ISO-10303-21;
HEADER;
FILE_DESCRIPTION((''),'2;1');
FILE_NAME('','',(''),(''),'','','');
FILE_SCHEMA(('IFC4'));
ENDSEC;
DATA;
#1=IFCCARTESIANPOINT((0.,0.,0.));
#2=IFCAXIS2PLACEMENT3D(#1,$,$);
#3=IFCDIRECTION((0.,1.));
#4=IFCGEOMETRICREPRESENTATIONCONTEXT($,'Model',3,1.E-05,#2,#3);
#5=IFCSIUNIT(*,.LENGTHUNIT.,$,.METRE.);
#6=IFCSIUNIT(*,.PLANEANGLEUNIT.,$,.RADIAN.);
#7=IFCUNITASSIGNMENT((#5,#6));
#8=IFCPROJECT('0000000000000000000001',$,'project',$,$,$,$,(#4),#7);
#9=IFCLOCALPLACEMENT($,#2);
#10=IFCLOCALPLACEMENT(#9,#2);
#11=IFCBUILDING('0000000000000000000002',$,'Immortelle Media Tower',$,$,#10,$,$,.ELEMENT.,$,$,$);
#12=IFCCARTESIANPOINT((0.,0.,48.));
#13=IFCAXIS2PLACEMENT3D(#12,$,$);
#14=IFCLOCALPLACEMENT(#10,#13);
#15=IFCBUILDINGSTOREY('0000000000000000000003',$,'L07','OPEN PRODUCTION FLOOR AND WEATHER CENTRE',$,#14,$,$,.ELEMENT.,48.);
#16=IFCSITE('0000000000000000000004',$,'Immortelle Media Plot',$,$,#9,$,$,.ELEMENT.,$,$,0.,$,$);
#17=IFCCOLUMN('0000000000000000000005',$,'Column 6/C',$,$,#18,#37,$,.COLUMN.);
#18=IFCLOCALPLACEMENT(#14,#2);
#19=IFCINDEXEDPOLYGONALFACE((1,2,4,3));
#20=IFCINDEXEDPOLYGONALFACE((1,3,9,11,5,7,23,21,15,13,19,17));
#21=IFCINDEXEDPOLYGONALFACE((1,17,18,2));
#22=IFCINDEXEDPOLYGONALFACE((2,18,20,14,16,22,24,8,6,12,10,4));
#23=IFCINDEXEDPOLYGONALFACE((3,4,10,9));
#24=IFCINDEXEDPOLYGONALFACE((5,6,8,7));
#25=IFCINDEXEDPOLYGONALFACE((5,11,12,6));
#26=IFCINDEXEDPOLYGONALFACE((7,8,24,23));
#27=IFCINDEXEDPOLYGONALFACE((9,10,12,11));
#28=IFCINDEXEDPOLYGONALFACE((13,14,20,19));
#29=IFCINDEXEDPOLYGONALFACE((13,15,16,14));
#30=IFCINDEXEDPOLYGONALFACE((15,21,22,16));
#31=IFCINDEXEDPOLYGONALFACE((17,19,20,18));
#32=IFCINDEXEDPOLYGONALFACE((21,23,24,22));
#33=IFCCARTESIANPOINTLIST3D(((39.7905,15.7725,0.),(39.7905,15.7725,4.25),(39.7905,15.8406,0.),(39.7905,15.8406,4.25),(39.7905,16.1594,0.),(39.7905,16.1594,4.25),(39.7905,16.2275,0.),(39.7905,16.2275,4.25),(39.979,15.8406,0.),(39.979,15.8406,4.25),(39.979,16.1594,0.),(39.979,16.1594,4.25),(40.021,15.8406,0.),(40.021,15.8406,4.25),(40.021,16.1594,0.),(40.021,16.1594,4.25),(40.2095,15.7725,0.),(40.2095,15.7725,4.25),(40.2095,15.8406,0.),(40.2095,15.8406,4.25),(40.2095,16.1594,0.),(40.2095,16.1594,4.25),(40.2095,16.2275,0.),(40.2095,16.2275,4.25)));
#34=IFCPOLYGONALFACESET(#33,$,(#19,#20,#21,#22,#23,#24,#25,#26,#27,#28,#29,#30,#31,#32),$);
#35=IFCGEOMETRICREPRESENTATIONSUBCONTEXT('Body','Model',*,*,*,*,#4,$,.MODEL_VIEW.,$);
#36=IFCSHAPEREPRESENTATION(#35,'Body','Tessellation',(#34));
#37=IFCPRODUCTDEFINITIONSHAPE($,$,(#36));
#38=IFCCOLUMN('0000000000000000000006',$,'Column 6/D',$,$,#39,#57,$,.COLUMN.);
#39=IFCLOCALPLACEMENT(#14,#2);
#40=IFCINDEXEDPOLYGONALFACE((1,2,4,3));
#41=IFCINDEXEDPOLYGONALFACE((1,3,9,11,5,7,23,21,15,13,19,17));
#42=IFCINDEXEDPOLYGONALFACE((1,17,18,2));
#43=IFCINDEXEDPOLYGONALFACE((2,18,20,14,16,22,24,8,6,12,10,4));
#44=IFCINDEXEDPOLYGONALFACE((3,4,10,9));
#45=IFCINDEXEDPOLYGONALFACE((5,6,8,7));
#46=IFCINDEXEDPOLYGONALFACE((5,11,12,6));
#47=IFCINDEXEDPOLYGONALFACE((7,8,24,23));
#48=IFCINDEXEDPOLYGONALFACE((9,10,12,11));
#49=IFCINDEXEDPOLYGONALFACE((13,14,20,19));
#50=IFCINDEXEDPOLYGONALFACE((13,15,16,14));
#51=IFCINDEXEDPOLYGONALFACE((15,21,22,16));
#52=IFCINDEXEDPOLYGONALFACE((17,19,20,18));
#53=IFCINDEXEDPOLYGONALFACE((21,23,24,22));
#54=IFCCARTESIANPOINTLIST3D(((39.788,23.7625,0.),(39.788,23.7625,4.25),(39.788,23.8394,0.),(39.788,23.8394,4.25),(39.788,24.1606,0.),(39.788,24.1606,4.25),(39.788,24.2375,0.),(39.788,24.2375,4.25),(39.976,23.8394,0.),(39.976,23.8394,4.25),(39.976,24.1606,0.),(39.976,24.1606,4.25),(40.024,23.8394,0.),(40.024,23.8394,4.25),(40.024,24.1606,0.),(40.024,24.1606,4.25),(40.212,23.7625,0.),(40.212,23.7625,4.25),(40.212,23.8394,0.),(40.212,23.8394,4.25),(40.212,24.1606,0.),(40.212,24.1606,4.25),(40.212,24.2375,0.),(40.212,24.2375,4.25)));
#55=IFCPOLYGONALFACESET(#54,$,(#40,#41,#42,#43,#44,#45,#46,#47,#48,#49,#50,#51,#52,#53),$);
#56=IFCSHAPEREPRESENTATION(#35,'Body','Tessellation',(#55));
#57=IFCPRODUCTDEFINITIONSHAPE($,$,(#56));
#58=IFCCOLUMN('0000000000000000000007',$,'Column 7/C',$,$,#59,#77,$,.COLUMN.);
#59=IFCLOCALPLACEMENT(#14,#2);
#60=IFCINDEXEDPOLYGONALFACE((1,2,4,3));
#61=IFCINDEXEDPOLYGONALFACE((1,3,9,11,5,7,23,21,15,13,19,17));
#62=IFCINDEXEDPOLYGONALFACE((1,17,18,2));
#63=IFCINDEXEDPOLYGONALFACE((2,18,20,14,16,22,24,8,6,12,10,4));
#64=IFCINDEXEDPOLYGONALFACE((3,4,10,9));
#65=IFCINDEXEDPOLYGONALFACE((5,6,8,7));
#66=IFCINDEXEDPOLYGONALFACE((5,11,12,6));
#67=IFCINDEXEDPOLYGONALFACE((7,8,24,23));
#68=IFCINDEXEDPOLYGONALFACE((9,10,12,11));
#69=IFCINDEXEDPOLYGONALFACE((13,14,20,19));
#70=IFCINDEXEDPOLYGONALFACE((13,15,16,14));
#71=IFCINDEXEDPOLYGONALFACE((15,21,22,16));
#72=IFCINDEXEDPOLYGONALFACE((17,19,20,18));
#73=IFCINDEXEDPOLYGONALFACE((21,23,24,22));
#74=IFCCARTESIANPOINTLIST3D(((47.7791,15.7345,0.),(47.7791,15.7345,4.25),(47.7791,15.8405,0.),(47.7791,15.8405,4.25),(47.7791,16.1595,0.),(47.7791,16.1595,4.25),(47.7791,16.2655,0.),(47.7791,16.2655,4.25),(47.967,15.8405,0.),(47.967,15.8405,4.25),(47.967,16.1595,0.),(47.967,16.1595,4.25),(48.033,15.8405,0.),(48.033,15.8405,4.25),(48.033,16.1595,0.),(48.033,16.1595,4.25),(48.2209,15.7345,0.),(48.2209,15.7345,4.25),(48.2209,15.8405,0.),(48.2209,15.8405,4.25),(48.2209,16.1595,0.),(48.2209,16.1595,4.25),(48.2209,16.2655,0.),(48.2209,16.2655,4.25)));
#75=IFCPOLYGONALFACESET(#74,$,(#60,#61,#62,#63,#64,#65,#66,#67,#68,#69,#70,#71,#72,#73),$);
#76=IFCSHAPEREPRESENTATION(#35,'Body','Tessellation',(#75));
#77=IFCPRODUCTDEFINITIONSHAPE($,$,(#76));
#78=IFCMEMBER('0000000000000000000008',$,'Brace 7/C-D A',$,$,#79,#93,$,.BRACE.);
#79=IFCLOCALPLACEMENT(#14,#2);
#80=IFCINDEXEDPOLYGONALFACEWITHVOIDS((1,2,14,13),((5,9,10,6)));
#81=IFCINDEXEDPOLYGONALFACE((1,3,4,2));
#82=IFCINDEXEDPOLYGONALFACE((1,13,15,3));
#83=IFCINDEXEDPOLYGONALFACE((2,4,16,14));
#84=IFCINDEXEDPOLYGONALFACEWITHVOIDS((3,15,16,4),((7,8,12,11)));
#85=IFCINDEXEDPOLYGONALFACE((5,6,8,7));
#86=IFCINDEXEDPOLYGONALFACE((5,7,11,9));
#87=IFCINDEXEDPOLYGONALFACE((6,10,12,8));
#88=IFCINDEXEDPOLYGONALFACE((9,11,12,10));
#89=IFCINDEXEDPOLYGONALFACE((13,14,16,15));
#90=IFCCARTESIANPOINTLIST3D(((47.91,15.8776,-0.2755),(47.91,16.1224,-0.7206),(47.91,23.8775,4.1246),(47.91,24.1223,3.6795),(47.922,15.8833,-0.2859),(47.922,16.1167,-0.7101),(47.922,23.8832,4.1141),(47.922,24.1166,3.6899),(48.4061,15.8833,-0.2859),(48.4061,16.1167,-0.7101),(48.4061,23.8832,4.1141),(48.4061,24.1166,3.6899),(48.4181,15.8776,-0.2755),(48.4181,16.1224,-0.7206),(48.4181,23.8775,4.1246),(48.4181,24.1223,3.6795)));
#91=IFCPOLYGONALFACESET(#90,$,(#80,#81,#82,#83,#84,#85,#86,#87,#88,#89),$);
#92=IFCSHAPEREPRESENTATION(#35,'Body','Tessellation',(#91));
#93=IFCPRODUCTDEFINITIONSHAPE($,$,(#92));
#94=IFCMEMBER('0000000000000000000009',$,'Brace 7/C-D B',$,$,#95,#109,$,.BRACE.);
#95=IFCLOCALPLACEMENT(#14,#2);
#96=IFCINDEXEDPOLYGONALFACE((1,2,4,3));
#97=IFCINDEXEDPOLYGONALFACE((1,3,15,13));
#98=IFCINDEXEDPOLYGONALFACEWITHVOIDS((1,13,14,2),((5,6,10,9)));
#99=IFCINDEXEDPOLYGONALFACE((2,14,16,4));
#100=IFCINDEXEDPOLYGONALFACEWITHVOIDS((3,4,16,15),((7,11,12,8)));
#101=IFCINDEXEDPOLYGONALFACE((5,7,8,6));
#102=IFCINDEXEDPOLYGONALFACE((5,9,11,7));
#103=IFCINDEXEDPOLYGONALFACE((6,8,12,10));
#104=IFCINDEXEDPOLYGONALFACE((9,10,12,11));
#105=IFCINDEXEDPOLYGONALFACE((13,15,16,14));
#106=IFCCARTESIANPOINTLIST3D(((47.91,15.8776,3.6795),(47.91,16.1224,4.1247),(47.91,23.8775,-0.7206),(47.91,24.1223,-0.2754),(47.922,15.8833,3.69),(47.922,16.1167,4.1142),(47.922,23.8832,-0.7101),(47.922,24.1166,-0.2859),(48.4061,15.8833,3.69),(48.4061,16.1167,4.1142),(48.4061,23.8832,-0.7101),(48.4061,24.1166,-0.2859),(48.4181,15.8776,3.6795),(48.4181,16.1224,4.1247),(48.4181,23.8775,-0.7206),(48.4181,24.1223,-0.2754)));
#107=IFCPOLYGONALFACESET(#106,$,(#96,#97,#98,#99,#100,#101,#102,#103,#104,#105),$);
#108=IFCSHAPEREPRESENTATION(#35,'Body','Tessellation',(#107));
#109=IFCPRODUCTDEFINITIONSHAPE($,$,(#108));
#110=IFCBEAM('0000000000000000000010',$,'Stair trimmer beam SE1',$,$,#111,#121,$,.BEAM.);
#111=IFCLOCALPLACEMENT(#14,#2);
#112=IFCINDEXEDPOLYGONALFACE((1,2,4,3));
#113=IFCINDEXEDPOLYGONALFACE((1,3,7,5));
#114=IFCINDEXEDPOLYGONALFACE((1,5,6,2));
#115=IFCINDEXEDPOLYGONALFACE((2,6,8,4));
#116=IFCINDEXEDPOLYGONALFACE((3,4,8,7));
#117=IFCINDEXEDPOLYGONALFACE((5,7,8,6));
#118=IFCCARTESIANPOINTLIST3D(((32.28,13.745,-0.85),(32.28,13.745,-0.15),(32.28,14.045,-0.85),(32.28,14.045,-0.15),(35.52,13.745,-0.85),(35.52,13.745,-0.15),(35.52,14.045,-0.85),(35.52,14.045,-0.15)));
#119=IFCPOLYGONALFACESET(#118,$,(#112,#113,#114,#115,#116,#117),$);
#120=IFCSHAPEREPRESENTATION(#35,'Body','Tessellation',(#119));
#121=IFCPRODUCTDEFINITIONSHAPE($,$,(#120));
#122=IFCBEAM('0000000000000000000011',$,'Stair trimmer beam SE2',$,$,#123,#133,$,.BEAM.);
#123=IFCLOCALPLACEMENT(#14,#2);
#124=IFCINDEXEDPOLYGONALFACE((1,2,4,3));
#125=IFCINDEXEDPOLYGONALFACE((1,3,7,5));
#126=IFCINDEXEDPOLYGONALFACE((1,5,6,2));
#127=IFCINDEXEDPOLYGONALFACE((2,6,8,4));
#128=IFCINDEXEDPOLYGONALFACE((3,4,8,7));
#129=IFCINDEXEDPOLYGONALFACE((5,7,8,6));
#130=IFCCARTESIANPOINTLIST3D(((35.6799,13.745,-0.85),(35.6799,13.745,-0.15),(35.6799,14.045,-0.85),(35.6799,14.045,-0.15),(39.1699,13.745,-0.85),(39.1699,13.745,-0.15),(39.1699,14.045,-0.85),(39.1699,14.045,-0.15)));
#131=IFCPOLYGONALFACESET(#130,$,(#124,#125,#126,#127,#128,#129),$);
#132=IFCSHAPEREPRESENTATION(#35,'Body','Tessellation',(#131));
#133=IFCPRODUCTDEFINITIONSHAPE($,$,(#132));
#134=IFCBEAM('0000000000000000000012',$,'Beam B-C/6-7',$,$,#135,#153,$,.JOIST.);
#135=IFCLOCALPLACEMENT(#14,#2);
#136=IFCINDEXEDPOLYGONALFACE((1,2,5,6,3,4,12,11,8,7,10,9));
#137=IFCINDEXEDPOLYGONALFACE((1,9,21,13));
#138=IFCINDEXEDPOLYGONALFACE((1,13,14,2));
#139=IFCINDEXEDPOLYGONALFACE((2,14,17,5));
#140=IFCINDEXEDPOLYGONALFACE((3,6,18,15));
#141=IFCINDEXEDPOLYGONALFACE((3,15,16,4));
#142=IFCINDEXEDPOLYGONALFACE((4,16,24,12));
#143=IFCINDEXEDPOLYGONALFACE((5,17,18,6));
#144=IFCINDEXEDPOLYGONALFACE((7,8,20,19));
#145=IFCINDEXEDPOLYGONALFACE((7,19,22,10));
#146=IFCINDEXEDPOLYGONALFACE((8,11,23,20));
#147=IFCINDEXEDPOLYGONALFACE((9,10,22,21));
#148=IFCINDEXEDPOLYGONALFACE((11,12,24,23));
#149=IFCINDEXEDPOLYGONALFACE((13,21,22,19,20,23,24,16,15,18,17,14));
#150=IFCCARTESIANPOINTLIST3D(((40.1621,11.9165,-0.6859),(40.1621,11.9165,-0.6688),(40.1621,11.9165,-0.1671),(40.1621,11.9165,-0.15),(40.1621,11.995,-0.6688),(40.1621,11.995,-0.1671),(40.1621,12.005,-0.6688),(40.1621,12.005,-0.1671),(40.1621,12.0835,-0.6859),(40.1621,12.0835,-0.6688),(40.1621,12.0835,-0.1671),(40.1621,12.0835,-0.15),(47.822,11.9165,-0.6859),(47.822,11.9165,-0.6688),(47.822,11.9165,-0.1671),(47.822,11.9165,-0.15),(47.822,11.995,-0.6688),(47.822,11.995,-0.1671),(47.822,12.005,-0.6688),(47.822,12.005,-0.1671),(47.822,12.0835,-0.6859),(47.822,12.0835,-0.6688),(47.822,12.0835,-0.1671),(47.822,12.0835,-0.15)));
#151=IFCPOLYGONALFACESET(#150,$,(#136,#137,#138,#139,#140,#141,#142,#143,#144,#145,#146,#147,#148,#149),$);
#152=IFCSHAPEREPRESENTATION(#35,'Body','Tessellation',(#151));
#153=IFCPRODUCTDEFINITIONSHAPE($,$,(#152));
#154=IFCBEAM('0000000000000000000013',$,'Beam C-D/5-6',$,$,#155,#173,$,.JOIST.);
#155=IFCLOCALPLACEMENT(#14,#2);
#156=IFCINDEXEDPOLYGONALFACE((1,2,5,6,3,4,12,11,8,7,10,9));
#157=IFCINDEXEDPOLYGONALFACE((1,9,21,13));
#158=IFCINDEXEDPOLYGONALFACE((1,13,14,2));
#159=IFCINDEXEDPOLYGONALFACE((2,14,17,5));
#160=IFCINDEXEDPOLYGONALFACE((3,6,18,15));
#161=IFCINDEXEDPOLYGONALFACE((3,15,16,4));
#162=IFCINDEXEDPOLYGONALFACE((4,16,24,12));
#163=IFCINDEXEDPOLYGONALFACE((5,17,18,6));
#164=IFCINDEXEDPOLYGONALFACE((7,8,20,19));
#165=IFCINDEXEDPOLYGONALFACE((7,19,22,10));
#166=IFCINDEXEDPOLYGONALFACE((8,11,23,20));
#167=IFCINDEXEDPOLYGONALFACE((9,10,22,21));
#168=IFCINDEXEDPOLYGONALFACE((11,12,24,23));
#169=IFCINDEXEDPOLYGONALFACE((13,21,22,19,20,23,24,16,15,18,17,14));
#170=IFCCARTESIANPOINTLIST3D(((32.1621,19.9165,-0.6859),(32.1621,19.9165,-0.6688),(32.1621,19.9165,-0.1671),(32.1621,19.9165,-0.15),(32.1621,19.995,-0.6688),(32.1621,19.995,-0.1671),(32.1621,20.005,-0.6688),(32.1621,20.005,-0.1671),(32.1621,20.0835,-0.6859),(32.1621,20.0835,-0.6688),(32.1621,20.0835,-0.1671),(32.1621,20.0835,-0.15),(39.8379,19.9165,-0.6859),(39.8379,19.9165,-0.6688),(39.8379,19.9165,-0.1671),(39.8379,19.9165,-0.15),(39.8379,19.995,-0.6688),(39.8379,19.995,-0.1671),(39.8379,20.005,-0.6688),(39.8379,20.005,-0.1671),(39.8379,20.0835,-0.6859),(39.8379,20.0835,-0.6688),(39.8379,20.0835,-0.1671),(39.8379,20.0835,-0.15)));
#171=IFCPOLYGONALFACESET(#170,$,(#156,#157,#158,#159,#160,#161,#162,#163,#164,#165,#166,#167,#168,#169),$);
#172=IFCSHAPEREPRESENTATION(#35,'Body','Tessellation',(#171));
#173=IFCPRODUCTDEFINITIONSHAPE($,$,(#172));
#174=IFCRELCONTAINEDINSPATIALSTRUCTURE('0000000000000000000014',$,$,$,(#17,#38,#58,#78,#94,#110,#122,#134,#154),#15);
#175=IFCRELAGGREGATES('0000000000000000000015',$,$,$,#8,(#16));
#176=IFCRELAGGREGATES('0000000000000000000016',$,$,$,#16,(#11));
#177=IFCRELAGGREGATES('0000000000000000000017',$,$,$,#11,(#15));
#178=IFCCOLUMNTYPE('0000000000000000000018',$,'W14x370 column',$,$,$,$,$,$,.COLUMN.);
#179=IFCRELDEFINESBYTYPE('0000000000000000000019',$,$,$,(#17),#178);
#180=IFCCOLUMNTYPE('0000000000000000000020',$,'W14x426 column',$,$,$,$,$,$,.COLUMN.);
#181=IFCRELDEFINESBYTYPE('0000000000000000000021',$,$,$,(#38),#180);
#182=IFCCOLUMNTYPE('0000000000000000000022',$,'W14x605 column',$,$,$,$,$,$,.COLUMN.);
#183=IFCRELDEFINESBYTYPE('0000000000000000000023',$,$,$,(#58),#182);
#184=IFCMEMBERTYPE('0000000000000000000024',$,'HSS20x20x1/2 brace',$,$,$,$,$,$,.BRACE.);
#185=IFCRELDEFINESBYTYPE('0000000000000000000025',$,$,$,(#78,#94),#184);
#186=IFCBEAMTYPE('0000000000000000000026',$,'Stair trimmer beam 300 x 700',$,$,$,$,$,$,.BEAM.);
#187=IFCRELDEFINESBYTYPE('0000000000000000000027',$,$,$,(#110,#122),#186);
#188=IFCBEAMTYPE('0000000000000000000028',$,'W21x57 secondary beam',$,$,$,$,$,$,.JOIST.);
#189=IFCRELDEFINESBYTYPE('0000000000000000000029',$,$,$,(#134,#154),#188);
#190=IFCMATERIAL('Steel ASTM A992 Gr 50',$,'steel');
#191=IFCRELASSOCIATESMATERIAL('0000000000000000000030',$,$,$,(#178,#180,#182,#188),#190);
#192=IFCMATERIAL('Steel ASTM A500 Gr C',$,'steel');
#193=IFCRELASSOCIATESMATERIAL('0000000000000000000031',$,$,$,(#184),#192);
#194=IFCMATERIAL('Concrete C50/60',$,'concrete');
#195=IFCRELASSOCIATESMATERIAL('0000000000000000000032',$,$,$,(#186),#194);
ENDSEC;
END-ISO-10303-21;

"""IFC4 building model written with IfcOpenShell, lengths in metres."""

from ifc_helpers import new_model, si_unit, direction, frame, origin, origin_2d, place, context, subcontext, project, spatial, rectangle, hollow_rectangle, i_section, extrude, material, material_profile, profile_set, type_object, element, save


model = new_model("IFC4")

# Units and contexts
model_context = context("Model", 3, precision=1e-05, world=origin(), true_north=direction((0.0, 1.0)))
body_context = subcontext(model_context, "Body", "Model", "MODEL_VIEW")
ifc_project = project(units=[si_unit("LENGTHUNIT", "METRE"), si_unit("PLANEANGLEUNIT", "RADIAN")], contexts=[model_context])

# Site, building, storey
site_placement = place(None, origin())
site = spatial("IfcSite", under=ifc_project, at=site_placement, Name="Immortelle Media Plot", CompositionType="ELEMENT", RefElevation=0.0)
building_placement = place(site_placement, origin())
building = spatial("IfcBuilding", under=site, at=building_placement, Name="Immortelle Media Tower", CompositionType="ELEMENT")
storey_placement = place(building_placement, frame((0.0, 0.0, 48.0)))
storey = spatial("IfcBuildingStorey", under=building, at=storey_placement, Name="L07", Description="OPEN PRODUCTION FLOOR AND WEATHER CENTRE", CompositionType="ELEMENT", Elevation=48.0)

# Columns
ifc_material_1 = material(Name="Steel ASTM A992 Gr 50", Category="steel")
ifc_material_profile_1 = material_profile(ifc_material_1, i_section(OverallWidth=0.4189, OverallDepth=0.4551, WebThickness=0.042, FlangeThickness=0.0681, at=origin_2d()), Name="W14x370")
ifc_profile_set_1 = profile_set([ifc_material_profile_1], Name="Steel ASTM A992 Gr 50")
column_type_1 = type_object("IfcColumnType", Name="W14x370 column", PredefinedType="COLUMN", material=ifc_profile_set_1)
column_1_placement = place(storey_placement, frame((40.0, 16.0, 0.0), z_axis=(0.0, 0.0, 1.0), x_axis=(1.0, 0.0, 0.0)))
element("IfcColumn", 1, at=column_1_placement, inside=storey, type_object=column_type_1, Name="Column 6/C", PredefinedType="COLUMN", context=body_context, shape_type="SweptSolid", body=[
    extrude(i_section(OverallWidth=0.4189, OverallDepth=0.4551, WebThickness=0.042, FlangeThickness=0.0681, at=origin_2d()), origin(), (0.0, 0.0, 1.0), 4.25),
])
ifc_material_profile_2 = material_profile(ifc_material_1, i_section(OverallWidth=0.4241, OverallDepth=0.4751, WebThickness=0.0481, FlangeThickness=0.0769, at=origin_2d()), Name="W14x426")
ifc_profile_set_2 = profile_set([ifc_material_profile_2], Name="Steel ASTM A992 Gr 50")
column_type_2 = type_object("IfcColumnType", Name="W14x426 column", PredefinedType="COLUMN", material=ifc_profile_set_2)
column_2_placement = place(storey_placement, frame((40.0, 24.0, 0.0), z_axis=(0.0, 0.0, 1.0), x_axis=(1.0, 0.0, 0.0)))
element("IfcColumn", 2, at=column_2_placement, inside=storey, type_object=column_type_2, Name="Column 6/D", PredefinedType="COLUMN", context=body_context, shape_type="SweptSolid", body=[
    extrude(i_section(OverallWidth=0.4241, OverallDepth=0.4751, WebThickness=0.0481, FlangeThickness=0.0769, at=origin_2d()), origin(), (0.0, 0.0, 1.0), 4.25),
])
ifc_material_profile_3 = material_profile(ifc_material_1, i_section(OverallWidth=0.4419, OverallDepth=0.531, WebThickness=0.0659, FlangeThickness=0.106, at=origin_2d()), Name="W14x605")
ifc_profile_set_3 = profile_set([ifc_material_profile_3], Name="Steel ASTM A992 Gr 50")
column_type_3 = type_object("IfcColumnType", Name="W14x605 column", PredefinedType="COLUMN", material=ifc_profile_set_3)
column_3_placement = place(storey_placement, frame((48.0, 16.0, 0.0), z_axis=(0.0, 0.0, 1.0), x_axis=(1.0, 0.0, 0.0)))
element("IfcColumn", 3, at=column_3_placement, inside=storey, type_object=column_type_3, Name="Column 7/C", PredefinedType="COLUMN", context=body_context, shape_type="SweptSolid", body=[
    extrude(i_section(OverallWidth=0.4419, OverallDepth=0.531, WebThickness=0.0659, FlangeThickness=0.106, at=origin_2d()), origin(), (0.0, 0.0, 1.0), 4.25),
])

# Members
ifc_material_2 = material(Name="Steel ASTM A500 Gr C", Category="steel")
ifc_material_profile_4 = material_profile(ifc_material_2, hollow_rectangle(XDim=0.5081, YDim=0.5081, WallThickness=0.012, at=origin_2d()), Name="HSS20x20x1/2 brace")
ifc_profile_set_4 = profile_set([ifc_material_profile_4], Name="Steel ASTM A500 Gr C")
member_type = type_object("IfcMemberType", Name="HSS20x20x1/2 brace", PredefinedType="BRACE", material=ifc_profile_set_4)
for number, where, z_axis, x_axis, name in (
    (4, (48.1641, 16.0, -0.498), (0.0, 0.876209, 0.481931), (-1.0, 0.0, 0.0), "Brace 7/C-D A"),
    (5, (48.1641, 16.0, 3.9021), (0.0, 0.876209, -0.481931), (-1.0, 0.0, 0.0), "Brace 7/C-D B"),
):
    element("IfcMember", number, at=place(storey_placement, frame(where, z_axis=z_axis, x_axis=x_axis)), inside=storey, type_object=member_type, Name=name, PredefinedType="BRACE", context=body_context, shape_type="SweptSolid", body=[
        extrude(hollow_rectangle(XDim=0.5081, YDim=0.5081, WallThickness=0.012, at=origin_2d()), origin(), (0.0, 0.0, 1.0), 9.1301),
    ])

# Beams
ifc_material_3 = material(Name="Concrete C50/60", Category="concrete")
ifc_material_profile_5 = material_profile(ifc_material_3, rectangle(XDim=0.3, YDim=0.7, at=origin_2d()), Name="RC 300x700")
ifc_profile_set_5 = profile_set([ifc_material_profile_5], Name="Concrete C50/60")
beam_type_1 = type_object("IfcBeamType", Name="Stair trimmer beam 300 x 700", PredefinedType="BEAM", material=ifc_profile_set_5)
beam_1_placement = place(storey_placement, frame((32.28, 13.895, -0.5), z_axis=(1.0, 0.0, 0.0), x_axis=(0.0, 1.0, 0.0)))
element("IfcBeam", 6, at=beam_1_placement, inside=storey, type_object=beam_type_1, Name="Stair trimmer beam SE1", PredefinedType="BEAM", context=body_context, shape_type="SweptSolid", body=[
    extrude(rectangle(XDim=0.3, YDim=0.7, at=origin_2d()), origin(), (0.0, 0.0, 1.0), 3.24),
])
beam_2_placement = place(storey_placement, frame((35.6799, 13.895, -0.5), z_axis=(1.0, 0.0, 0.0), x_axis=(0.0, 1.0, 0.0)))
element("IfcBeam", 7, at=beam_2_placement, inside=storey, type_object=beam_type_1, Name="Stair trimmer beam SE2", PredefinedType="BEAM", context=body_context, shape_type="SweptSolid", body=[
    extrude(rectangle(XDim=0.3, YDim=0.7, at=origin_2d()), origin(), (0.0, 0.0, 1.0), 3.49),
])
ifc_material_profile_6 = material_profile(ifc_material_1, i_section(OverallWidth=0.167, OverallDepth=0.5359, WebThickness=0.01, FlangeThickness=0.0171, at=origin_2d()), Name="W21x57")
ifc_profile_set_6 = profile_set([ifc_material_profile_6], Name="Steel ASTM A992 Gr 50")
beam_type_2 = type_object("IfcBeamType", Name="W21x57 secondary beam", PredefinedType="JOIST", material=ifc_profile_set_6)
beam_3_placement = place(storey_placement, frame((40.1621, 12.0, -0.418), z_axis=(1.0, 0.0, 0.0), x_axis=(0.0, 1.0, 0.0)))
element("IfcBeam", 8, at=beam_3_placement, inside=storey, type_object=beam_type_2, Name="Beam B-C/6-7", PredefinedType="JOIST", context=body_context, shape_type="SweptSolid", body=[
    extrude(i_section(OverallWidth=0.167, OverallDepth=0.5359, WebThickness=0.01, FlangeThickness=0.0171, at=origin_2d()), origin(), (0.0, 0.0, 1.0), 7.6599),
])
beam_4_placement = place(storey_placement, frame((32.1621, 20.0, -0.418), z_axis=(1.0, 0.0, 0.0), x_axis=(0.0, 1.0, 0.0)))
element("IfcBeam", 9, at=beam_4_placement, inside=storey, type_object=beam_type_2, Name="Beam C-D/5-6", PredefinedType="JOIST", context=body_context, shape_type="SweptSolid", body=[
    extrude(i_section(OverallWidth=0.167, OverallDepth=0.5359, WebThickness=0.01, FlangeThickness=0.0171, at=origin_2d()), origin(), (0.0, 0.0, 1.0), 7.6758),
])

save(model, "model.ifc")
